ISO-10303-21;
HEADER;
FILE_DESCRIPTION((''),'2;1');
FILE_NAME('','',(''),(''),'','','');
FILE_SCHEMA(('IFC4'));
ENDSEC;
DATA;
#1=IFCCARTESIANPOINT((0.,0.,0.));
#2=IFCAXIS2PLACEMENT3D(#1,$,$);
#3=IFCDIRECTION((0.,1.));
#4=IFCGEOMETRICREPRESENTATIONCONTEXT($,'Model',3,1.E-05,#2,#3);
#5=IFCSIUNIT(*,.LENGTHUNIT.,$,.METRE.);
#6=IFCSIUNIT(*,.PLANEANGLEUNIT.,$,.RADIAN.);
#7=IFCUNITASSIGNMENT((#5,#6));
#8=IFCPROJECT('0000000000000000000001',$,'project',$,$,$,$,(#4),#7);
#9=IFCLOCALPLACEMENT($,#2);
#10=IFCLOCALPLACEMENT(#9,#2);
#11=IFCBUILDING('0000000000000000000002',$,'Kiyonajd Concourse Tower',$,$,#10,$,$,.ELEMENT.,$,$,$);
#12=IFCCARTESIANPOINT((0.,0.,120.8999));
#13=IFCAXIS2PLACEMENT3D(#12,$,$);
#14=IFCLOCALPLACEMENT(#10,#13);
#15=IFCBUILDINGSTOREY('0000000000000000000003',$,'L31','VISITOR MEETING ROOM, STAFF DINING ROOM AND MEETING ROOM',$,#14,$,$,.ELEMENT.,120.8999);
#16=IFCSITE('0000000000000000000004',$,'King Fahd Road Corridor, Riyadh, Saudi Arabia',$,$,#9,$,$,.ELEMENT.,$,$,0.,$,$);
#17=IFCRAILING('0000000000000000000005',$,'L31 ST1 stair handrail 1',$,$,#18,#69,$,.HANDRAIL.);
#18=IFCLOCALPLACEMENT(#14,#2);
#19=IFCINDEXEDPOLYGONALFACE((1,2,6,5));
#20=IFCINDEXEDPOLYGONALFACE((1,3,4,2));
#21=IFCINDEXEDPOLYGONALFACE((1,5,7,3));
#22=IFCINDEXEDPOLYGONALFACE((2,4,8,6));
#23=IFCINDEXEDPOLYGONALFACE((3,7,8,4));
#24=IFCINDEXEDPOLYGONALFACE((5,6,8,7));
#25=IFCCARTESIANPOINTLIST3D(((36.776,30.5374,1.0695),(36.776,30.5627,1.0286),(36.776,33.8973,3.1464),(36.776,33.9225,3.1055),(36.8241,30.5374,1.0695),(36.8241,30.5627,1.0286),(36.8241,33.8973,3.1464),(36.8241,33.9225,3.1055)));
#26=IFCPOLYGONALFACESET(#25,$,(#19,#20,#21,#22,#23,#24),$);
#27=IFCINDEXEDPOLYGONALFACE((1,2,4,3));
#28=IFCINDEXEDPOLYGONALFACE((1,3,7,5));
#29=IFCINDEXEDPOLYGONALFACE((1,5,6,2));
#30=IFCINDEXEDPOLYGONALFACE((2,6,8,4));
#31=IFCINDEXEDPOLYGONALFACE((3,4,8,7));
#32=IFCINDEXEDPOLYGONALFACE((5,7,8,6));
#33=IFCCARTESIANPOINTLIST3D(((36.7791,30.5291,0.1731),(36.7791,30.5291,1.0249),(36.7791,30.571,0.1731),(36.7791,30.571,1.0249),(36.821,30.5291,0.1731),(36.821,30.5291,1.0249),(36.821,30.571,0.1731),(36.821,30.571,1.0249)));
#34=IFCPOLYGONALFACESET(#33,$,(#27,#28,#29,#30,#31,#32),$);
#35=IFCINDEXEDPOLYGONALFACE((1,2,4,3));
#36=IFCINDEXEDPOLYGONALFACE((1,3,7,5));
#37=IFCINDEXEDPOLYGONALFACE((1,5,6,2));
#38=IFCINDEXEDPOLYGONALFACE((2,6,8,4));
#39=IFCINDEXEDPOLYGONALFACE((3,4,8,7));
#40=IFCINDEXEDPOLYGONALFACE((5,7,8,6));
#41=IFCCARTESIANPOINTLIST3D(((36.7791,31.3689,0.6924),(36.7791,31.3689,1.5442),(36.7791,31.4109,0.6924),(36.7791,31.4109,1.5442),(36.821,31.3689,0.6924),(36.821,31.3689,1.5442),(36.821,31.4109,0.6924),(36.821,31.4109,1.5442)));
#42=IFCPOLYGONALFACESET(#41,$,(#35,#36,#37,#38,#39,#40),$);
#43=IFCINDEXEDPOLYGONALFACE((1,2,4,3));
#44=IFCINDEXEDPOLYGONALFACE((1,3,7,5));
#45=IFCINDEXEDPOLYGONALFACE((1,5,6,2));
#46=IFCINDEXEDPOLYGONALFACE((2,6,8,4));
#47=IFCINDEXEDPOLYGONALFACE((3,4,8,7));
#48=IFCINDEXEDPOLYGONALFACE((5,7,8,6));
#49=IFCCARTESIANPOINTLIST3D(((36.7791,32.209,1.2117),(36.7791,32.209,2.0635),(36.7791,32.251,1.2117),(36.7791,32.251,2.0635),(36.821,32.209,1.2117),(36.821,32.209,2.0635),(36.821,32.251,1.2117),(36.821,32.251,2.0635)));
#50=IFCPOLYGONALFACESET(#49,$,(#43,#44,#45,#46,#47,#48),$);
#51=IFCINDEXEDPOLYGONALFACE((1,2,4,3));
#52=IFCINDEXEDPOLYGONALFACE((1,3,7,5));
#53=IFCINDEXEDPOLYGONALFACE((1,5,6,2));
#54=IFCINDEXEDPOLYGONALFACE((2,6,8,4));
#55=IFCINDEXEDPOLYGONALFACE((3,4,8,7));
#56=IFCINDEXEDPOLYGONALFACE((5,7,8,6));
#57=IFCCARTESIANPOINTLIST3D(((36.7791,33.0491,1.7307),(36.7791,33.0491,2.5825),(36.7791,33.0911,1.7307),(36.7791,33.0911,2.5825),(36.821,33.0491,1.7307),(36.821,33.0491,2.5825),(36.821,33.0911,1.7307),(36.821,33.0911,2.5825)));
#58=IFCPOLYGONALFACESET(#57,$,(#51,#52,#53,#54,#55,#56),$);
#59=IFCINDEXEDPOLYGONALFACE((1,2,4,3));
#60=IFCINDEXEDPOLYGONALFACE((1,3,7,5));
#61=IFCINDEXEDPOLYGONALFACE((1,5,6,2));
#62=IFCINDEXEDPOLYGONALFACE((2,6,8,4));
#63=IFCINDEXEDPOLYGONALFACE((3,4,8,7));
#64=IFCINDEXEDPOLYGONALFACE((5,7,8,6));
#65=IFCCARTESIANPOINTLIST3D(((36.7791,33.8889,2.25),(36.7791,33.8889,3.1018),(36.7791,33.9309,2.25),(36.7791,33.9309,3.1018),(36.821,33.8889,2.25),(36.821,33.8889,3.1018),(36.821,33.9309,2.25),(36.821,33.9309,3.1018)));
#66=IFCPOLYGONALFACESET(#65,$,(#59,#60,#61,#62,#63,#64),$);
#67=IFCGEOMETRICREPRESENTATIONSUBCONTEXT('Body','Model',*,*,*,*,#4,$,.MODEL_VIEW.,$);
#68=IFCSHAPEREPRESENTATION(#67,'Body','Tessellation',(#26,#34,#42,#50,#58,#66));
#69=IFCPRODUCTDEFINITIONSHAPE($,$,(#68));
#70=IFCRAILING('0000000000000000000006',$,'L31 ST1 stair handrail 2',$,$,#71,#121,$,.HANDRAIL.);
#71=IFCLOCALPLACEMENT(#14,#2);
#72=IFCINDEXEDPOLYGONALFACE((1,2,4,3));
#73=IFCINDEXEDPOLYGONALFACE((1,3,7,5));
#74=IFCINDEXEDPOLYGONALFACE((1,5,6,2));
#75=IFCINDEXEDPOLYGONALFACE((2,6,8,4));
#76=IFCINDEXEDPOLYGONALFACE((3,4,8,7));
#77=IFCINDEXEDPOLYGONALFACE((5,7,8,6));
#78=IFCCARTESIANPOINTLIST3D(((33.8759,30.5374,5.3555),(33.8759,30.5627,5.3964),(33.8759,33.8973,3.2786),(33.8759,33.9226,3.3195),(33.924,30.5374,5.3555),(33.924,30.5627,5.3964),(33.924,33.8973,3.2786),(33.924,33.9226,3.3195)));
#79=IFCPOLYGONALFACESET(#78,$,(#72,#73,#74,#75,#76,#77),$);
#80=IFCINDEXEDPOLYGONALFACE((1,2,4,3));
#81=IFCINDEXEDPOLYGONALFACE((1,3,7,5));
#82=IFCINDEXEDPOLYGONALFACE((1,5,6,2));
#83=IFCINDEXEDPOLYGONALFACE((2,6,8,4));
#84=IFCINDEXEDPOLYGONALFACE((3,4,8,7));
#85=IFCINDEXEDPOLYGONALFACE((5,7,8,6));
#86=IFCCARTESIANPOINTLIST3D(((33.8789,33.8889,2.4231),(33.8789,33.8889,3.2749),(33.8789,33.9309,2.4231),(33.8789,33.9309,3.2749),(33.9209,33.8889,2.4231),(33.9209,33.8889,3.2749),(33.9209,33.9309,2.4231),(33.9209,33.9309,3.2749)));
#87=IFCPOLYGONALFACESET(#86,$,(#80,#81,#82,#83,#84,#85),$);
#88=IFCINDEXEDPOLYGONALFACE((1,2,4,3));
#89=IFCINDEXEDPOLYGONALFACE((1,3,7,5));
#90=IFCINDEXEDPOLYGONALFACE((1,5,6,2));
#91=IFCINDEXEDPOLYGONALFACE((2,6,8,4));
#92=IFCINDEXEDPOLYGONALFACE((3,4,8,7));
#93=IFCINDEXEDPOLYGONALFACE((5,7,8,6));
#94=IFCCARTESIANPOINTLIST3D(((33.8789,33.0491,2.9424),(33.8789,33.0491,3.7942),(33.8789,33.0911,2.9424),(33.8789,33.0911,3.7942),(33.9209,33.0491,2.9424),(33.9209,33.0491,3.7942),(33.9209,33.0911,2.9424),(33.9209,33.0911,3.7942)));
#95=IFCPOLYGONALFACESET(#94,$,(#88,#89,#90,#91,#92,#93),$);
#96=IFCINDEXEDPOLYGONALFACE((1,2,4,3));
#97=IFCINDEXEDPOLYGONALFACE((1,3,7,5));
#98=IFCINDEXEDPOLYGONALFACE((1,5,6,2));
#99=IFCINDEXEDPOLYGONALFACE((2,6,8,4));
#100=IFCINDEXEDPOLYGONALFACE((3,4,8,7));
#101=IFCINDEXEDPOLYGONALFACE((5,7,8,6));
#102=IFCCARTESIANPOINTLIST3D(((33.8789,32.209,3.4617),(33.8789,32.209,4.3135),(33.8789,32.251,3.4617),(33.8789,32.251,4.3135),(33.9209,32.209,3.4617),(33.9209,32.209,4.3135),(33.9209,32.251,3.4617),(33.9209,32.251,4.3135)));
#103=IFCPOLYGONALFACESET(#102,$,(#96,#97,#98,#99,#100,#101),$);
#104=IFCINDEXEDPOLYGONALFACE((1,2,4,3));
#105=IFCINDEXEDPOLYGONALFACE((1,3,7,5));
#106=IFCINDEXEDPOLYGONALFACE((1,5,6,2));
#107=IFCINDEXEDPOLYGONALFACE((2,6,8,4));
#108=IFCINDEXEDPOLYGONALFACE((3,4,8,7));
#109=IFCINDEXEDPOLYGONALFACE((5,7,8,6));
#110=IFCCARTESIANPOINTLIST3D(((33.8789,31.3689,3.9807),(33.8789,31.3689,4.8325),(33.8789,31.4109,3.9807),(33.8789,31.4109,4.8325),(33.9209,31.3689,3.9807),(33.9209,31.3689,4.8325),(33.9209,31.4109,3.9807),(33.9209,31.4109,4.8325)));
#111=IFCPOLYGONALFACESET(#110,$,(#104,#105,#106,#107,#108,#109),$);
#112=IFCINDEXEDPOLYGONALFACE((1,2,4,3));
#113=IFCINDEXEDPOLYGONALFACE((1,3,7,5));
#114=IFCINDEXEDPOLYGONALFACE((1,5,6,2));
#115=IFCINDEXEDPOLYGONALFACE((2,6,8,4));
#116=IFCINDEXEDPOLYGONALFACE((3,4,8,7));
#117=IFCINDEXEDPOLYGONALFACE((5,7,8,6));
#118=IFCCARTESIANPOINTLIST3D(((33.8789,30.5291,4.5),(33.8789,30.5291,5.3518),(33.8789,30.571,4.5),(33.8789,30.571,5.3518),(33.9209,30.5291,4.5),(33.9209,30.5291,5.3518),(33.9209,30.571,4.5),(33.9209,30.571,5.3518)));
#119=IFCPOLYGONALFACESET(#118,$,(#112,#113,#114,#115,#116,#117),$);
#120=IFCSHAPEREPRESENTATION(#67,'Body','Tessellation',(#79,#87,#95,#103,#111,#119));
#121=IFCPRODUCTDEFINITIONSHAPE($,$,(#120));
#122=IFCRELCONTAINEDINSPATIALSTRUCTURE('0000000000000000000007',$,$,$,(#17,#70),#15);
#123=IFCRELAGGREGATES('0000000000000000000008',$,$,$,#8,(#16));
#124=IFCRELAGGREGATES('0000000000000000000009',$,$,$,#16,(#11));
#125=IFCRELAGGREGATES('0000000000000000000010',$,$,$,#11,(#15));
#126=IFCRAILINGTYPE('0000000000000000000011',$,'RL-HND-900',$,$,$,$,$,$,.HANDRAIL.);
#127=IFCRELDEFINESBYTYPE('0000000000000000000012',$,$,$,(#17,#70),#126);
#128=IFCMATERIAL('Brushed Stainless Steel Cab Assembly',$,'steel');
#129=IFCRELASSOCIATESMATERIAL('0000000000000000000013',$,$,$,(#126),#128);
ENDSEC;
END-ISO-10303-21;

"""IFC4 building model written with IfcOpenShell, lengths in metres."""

from ifc_helpers import new_model, si_unit, direction, frame, origin, origin_2d, place, context, subcontext, project, spatial, rectangle, extrude, material, type_object, element, save


model = new_model("IFC4")

# Units and contexts
model_context = context("Model", 3, precision=1e-05, world=origin(), true_north=direction((0.0, 1.0)))
body_context = subcontext(model_context, "Body", "Model", "MODEL_VIEW")
ifc_project = project(units=[si_unit("LENGTHUNIT", "METRE"), si_unit("PLANEANGLEUNIT", "RADIAN")], contexts=[model_context])

# Site, building, storey
site_placement = place(None, origin())
site = spatial("IfcSite", under=ifc_project, at=site_placement, Name="King Fahd Road Corridor, Riyadh, Saudi Arabia", CompositionType="ELEMENT", RefElevation=0.0)
building_placement = place(site_placement, origin())
building = spatial("IfcBuilding", under=site, at=building_placement, Name="Kiyonajd Concourse Tower", CompositionType="ELEMENT")
storey_placement = place(building_placement, frame((0.0, 0.0, 120.8999)))
storey = spatial("IfcBuildingStorey", under=building, at=storey_placement, Name="L31", Description="VISITOR MEETING ROOM, STAFF DINING ROOM AND MEETING ROOM", CompositionType="ELEMENT", Elevation=120.8999)

# Shared definitions
ifc_material_1 = material(Name="Brushed Stainless Steel Cab Assembly", Category="steel")

# Railings
railing_type_1 = type_object("IfcRailingType", Name="RL-HND-900", PredefinedType="HANDRAIL", material=ifc_material_1)
railing_1_placement = place(storey_placement, frame((36.8, 30.55, 0.1731)))
element("IfcRailing", 1, at=railing_1_placement, inside=storey, type_object=railing_type_1, Name="L31 ST1 stair handrail 1", PredefinedType="HANDRAIL", context=body_context, shape_type="SweptSolid", body=[
    extrude(rectangle(XDim=0.0481, YDim=0.0481, at=origin_2d()), frame((0.0, 0.0, 0.876), z_axis=(0.0, 0.850606, 0.525803), x_axis=(-1.0, 0.0, 0.0)), (0.0, 0.0, 1.0), 3.95),
    extrude(rectangle(XDim=0.042, YDim=0.042, at=origin_2d()), origin(), (0.0, 0.0, 1.0), 0.8518),
    extrude(rectangle(XDim=0.042, YDim=0.042, at=origin_2d()), frame((0.0, 0.8398, 0.5193)), (0.0, 0.0, 1.0), 0.8518),
    extrude(rectangle(XDim=0.042, YDim=0.042, at=origin_2d()), frame((0.0, 1.6799, 1.0386)), (0.0, 0.0, 1.0), 0.8518),
    extrude(rectangle(XDim=0.042, YDim=0.042, at=origin_2d()), frame((0.0, 2.52, 1.5576)), (0.0, 0.0, 1.0), 0.8518),
    extrude(rectangle(XDim=0.042, YDim=0.042, at=origin_2d()), frame((0.0, 3.3599, 2.0769)), (0.0, 0.0, 1.0), 0.8518),
])
railing_2_placement = place(storey_placement, frame((33.8999, 33.9099, 2.4231)))
element("IfcRailing", 2, at=railing_2_placement, inside=storey, type_object=railing_type_1, Name="L31 ST1 stair handrail 2", PredefinedType="HANDRAIL", context=body_context, shape_type="SweptSolid", body=[
    extrude(rectangle(XDim=0.0481, YDim=0.0481, at=origin_2d()), frame((0.0, 0.0, 0.876), z_axis=(0.0, -0.850606, 0.525803), x_axis=(1.0, 0.0, 0.0)), (0.0, 0.0, 1.0), 3.95),
    extrude(rectangle(XDim=0.042, YDim=0.042, at=origin_2d()), origin(), (0.0, 0.0, 1.0), 0.8518),
    extrude(rectangle(XDim=0.042, YDim=0.042, at=origin_2d()), frame((0.0, -0.8398, 0.5193)), (0.0, 0.0, 1.0), 0.8518),
    extrude(rectangle(XDim=0.042, YDim=0.042, at=origin_2d()), frame((0.0, -1.6799, 1.0386)), (0.0, 0.0, 1.0), 0.8518),
    extrude(rectangle(XDim=0.042, YDim=0.042, at=origin_2d()), frame((0.0, -2.52, 1.5576)), (0.0, 0.0, 1.0), 0.8518),
    extrude(rectangle(XDim=0.042, YDim=0.042, at=origin_2d()), frame((0.0, -3.3599, 2.0769)), (0.0, 0.0, 1.0), 0.8518),
])

save(model, "model.ifc")
